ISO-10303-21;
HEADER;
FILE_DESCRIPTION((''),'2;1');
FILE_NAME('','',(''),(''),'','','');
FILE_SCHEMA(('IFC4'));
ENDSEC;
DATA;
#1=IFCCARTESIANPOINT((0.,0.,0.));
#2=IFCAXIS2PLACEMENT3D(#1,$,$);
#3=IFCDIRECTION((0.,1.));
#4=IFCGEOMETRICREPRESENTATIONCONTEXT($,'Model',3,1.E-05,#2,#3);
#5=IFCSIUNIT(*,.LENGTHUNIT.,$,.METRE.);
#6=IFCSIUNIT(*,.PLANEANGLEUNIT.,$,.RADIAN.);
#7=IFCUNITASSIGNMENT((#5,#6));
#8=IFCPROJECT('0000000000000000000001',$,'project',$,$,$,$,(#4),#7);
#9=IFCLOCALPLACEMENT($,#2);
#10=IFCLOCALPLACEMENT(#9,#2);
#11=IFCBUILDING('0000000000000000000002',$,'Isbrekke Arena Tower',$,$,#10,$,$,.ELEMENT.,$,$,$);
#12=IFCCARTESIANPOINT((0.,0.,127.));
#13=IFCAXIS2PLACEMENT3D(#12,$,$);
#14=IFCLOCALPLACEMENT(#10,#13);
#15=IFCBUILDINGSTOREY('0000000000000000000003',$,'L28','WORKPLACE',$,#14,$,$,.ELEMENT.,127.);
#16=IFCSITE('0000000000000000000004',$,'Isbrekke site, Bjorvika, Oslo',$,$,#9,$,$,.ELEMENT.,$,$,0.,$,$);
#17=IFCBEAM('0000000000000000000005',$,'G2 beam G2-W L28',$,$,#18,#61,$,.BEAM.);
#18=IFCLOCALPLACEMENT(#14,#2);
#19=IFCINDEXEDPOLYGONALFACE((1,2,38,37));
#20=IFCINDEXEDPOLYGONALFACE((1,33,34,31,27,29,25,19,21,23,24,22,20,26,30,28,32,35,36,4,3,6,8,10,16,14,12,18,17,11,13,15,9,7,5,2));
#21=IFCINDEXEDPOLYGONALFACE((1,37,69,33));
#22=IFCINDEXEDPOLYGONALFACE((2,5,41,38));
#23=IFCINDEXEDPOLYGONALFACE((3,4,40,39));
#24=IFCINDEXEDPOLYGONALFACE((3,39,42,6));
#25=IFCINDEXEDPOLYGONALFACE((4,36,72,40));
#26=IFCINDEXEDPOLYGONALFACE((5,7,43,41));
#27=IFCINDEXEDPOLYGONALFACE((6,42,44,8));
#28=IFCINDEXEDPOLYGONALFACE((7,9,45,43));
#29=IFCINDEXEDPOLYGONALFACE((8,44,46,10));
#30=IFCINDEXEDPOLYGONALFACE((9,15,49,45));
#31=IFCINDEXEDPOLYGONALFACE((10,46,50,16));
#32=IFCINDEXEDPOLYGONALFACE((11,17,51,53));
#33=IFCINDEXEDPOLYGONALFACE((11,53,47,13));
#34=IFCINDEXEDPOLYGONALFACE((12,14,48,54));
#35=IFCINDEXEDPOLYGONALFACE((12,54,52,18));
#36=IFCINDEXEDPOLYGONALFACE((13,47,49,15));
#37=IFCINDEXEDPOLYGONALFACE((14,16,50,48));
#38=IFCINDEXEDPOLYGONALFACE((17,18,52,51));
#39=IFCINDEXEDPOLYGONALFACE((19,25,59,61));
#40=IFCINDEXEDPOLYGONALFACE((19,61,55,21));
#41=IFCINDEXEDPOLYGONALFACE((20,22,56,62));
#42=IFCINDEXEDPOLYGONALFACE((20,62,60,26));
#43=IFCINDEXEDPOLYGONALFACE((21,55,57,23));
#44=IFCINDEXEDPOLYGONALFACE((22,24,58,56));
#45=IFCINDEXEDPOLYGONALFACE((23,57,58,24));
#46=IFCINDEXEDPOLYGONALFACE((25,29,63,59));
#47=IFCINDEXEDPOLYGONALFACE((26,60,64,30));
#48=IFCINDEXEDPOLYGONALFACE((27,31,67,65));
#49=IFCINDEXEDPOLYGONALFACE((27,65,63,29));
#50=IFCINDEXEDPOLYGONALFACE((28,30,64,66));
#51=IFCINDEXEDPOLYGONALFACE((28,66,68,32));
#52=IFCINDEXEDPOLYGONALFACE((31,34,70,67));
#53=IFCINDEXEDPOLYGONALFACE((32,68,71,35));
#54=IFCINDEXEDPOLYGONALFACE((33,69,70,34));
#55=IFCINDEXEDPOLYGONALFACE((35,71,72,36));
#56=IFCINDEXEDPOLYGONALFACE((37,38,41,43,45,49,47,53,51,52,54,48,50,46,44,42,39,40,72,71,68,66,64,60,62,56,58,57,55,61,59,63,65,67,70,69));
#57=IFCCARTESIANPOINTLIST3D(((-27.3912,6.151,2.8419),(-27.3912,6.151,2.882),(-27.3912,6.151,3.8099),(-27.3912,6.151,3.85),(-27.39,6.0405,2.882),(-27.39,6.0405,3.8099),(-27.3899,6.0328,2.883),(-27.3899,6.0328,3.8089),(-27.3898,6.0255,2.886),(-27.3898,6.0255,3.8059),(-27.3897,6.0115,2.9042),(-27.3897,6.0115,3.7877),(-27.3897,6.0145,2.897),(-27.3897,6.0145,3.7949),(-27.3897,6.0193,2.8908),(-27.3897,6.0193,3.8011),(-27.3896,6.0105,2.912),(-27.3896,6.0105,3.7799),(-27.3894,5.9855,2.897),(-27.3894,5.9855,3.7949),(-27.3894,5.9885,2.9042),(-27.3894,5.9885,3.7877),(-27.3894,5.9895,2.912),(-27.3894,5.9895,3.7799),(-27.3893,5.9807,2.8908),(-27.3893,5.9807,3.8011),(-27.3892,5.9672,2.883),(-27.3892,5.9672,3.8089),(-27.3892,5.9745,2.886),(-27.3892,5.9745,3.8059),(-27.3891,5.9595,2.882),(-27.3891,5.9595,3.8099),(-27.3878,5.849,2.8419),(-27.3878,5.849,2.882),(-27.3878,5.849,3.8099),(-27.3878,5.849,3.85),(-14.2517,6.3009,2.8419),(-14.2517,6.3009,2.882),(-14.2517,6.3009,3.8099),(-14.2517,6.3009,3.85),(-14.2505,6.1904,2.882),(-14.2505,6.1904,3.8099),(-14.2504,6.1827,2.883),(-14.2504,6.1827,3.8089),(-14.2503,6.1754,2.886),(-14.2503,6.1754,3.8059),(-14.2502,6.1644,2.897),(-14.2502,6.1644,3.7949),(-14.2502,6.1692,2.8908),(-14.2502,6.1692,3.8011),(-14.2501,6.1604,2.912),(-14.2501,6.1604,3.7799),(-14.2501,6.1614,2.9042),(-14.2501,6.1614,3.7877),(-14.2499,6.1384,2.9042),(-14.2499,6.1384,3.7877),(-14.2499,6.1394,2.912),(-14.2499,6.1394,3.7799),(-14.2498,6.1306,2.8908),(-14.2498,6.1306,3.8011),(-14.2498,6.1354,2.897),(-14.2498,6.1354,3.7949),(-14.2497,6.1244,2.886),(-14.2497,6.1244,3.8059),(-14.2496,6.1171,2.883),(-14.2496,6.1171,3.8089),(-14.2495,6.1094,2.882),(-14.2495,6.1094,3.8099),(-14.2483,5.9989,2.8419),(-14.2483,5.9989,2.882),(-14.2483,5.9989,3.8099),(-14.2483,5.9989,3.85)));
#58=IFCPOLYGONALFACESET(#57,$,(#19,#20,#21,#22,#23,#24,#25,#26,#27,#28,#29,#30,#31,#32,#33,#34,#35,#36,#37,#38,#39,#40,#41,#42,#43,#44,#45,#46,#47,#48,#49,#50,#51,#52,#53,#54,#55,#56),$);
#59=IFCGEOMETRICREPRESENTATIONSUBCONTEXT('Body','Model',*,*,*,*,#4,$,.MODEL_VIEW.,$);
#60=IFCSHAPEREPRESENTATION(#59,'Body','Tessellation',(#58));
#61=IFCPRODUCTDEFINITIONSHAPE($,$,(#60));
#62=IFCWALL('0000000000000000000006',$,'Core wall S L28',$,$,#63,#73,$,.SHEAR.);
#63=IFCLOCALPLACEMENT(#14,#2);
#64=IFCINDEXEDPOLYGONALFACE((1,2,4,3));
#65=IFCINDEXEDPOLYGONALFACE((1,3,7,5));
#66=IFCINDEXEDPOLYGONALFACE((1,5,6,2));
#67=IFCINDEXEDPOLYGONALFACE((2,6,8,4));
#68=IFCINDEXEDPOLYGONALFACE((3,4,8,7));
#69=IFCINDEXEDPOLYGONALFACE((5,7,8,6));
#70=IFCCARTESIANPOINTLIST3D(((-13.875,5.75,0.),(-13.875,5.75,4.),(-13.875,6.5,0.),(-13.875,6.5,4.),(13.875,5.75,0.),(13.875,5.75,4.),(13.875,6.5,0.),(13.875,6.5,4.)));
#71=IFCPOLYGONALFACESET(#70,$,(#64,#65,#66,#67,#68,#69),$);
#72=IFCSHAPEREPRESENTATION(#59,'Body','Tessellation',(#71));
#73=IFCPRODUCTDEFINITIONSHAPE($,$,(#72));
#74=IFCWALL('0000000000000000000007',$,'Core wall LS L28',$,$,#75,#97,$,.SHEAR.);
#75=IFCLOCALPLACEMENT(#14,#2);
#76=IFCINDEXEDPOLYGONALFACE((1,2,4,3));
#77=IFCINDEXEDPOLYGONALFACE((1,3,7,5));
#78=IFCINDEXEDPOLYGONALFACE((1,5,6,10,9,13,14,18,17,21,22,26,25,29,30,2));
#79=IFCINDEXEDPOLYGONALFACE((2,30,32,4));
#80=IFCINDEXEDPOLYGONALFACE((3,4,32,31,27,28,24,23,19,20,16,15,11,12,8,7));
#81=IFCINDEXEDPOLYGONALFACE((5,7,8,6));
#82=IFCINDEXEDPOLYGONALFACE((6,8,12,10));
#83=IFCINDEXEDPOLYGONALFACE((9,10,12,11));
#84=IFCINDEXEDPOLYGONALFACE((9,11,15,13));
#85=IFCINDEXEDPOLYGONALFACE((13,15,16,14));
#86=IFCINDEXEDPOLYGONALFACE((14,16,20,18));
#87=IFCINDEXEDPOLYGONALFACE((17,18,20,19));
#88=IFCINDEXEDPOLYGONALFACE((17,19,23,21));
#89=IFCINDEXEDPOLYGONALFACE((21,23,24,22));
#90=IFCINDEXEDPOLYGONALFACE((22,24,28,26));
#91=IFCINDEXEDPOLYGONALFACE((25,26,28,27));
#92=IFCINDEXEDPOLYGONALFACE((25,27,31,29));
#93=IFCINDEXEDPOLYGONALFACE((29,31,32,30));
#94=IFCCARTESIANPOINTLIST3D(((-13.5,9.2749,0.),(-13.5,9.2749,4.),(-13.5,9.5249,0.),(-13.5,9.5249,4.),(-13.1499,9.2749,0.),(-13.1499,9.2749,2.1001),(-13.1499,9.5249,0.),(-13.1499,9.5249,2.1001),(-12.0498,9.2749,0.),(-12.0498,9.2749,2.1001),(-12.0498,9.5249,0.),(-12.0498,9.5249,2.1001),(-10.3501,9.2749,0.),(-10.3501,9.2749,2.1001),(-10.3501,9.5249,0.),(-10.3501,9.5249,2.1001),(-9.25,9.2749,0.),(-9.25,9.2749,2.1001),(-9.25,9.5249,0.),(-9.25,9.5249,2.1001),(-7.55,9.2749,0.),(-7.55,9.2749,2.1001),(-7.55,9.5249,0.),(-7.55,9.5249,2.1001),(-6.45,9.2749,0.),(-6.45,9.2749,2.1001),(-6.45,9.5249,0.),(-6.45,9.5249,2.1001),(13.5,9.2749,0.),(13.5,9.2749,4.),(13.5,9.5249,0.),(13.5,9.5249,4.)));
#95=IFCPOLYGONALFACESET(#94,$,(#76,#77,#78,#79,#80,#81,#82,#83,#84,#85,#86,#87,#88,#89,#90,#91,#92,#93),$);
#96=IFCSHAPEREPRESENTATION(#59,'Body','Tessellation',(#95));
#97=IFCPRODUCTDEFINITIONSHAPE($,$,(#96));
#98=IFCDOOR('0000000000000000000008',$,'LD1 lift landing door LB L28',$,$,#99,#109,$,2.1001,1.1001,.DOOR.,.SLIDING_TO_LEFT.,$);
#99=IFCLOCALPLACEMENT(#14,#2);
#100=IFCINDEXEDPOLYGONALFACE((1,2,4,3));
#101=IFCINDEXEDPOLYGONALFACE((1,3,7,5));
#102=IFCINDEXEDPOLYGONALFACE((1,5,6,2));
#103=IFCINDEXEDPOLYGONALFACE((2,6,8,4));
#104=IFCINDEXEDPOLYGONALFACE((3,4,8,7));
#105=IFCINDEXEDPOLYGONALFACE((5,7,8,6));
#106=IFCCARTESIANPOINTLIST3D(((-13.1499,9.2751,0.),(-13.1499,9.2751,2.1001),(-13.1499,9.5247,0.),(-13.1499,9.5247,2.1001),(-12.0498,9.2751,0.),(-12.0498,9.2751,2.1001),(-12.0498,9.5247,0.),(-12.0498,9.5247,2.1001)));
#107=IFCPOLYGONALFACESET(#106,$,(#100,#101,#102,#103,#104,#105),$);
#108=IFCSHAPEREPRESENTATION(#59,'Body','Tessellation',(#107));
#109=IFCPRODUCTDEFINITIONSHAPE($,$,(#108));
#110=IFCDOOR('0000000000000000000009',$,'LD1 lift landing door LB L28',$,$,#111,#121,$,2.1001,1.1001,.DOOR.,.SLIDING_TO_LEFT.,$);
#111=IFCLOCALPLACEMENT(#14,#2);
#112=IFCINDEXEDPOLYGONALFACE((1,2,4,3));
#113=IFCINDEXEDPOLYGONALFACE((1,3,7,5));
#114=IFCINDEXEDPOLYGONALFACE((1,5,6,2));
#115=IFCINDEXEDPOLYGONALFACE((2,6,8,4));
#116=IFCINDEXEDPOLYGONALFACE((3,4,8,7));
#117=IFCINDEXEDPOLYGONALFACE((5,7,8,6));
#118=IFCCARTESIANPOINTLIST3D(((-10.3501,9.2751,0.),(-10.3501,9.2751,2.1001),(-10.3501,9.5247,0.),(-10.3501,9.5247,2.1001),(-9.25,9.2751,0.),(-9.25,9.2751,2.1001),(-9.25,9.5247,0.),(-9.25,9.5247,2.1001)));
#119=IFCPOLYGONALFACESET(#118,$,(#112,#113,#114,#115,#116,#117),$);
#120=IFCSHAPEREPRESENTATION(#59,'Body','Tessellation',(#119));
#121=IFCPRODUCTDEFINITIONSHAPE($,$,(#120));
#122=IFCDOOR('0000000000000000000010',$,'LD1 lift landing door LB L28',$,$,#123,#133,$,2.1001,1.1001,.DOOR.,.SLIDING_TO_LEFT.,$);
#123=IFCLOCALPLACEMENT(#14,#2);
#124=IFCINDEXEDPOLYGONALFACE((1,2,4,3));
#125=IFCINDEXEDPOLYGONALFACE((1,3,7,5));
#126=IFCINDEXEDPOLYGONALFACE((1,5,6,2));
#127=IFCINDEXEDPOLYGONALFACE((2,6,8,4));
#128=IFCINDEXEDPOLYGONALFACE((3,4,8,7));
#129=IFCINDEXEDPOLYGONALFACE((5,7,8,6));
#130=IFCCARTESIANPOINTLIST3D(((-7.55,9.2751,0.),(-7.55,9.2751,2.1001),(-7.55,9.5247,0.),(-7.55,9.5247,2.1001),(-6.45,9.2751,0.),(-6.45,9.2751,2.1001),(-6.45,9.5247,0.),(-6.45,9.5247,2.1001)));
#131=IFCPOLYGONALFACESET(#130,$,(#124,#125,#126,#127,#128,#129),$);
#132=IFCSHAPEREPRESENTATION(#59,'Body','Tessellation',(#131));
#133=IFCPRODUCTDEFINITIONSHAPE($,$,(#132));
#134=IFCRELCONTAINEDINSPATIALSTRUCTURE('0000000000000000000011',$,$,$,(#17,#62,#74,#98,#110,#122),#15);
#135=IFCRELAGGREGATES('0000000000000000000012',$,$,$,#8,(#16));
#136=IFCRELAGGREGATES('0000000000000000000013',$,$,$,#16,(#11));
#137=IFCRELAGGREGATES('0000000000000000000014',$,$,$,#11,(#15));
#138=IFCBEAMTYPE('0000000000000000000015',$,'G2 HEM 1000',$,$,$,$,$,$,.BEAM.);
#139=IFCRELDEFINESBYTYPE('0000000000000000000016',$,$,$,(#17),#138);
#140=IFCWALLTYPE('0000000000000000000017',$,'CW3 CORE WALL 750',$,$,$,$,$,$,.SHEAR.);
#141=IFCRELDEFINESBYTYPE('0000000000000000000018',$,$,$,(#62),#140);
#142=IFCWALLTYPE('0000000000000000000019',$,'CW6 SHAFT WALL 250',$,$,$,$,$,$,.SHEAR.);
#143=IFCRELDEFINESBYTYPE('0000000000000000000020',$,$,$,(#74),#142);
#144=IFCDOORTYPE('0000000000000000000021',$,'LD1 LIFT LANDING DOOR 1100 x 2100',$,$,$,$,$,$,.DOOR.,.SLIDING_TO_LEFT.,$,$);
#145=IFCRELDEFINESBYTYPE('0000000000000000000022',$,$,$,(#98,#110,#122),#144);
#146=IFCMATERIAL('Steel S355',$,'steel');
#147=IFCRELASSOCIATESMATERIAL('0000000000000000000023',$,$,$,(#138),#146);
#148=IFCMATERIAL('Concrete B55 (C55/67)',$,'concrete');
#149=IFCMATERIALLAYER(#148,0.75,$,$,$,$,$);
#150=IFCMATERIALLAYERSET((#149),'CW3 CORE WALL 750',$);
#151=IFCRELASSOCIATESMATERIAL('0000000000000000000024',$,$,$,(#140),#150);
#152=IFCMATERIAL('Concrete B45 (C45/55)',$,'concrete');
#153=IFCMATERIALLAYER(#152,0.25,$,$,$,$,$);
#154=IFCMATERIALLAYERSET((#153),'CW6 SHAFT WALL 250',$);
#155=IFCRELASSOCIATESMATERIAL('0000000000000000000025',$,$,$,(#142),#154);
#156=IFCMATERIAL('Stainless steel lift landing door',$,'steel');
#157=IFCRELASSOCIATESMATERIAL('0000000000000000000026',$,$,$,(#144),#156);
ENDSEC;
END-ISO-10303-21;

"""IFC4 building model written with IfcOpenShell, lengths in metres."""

from ifc_helpers import new_model, si_unit, direction, frame, frame_2d, origin, origin_2d, place, context, subcontext, project, spatial, rectangle, i_section, extrude, material, layer, layer_set, material_profile, profile_set, type_object, element, fill, save


model = new_model("IFC4")

# Units and contexts
model_context = context("Model", 3, precision=1e-05, world=origin(), true_north=direction((0.0, 1.0)))
body_context = subcontext(model_context, "Body", "Model", "MODEL_VIEW")
ifc_project = project(units=[si_unit("LENGTHUNIT", "METRE"), si_unit("PLANEANGLEUNIT", "RADIAN")], contexts=[model_context])

# Site, building, storey
site_placement = place(None, origin())
site = spatial("IfcSite", under=ifc_project, at=site_placement, Name="Isbrekke site, Bjorvika, Oslo", CompositionType="ELEMENT", RefElevation=0.0)
building_placement = place(site_placement, origin())
building = spatial("IfcBuilding", under=site, at=building_placement, Name="Isbrekke Arena Tower", CompositionType="ELEMENT")
storey_placement = place(building_placement, frame((0.0, 0.0, 127.0)))
storey = spatial("IfcBuildingStorey", under=building, at=storey_placement, Name="L28", Description="WORKPLACE", CompositionType="ELEMENT", Elevation=127.0)

# Beam
ifc_material_1 = material(Name="Steel S355", Category="steel")
ifc_material_profile = material_profile(ifc_material_1, i_section(OverallWidth=0.302, OverallDepth=1.0081, WebThickness=0.021, FlangeThickness=0.04, FilletRadius=0.03, at=origin_2d()), Name="HEM 1000")
ifc_profile_set = profile_set([ifc_material_profile], Name="Steel S355")
beam_type = type_object("IfcBeamType", Name="G2 HEM 1000", PredefinedType="BEAM", material=ifc_profile_set)
beam_placement = place(storey_placement, frame((-14.25, 6.1499, 3.3459), z_axis=(-0.999935, -0.011408, 0.0), x_axis=(0.011408, -0.999935, 0.0)))
element("IfcBeam", 1, at=beam_placement, inside=storey, type_object=beam_type, Name="G2 beam G2-W L28", PredefinedType="BEAM", context=body_context, shape_type="SweptSolid", body=[
    extrude(i_section(OverallWidth=0.302, OverallDepth=1.0081, WebThickness=0.021, FlangeThickness=0.04, FilletRadius=0.03, at=origin_2d()), origin(), (0.0, 0.0, 1.0), 13.1404),
])

# Wall
ifc_material_2 = material(Name="Concrete B55 (C55/67)", Category="concrete")
ifc_layer_1 = layer(ifc_material_2, 0.75)
ifc_layer_set_1 = layer_set([ifc_layer_1], Name="CW3 CORE WALL 750")
wall_type_1 = type_object("IfcWallType", Name="CW3 CORE WALL 750", PredefinedType="SHEAR", material=ifc_layer_set_1)
wall_1_placement = place(storey_placement, frame((-13.875, 6.125, 0.0), z_axis=(0.0, 0.0, 1.0), x_axis=(1.0, 0.0, 0.0)))
element("IfcWall", 2, at=wall_1_placement, inside=storey, type_object=wall_type_1, Name="Core wall S L28", PredefinedType="SHEAR", context=body_context, shape_type="SweptSolid", body=[
    extrude(rectangle(XDim=27.75, YDim=0.75, at=frame_2d((13.875, 0.0))), origin(), (0.0, 0.0, 1.0), 4.0),
])

# Wall, openings, doors
ifc_material_3 = material(Name="Concrete B45 (C45/55)", Category="concrete")
ifc_layer_2 = layer(ifc_material_3, 0.25)
ifc_layer_set_2 = layer_set([ifc_layer_2], Name="CW6 SHAFT WALL 250")
wall_type_2 = type_object("IfcWallType", Name="CW6 SHAFT WALL 250", PredefinedType="SHEAR", material=ifc_layer_set_2)
wall_2_placement = place(storey_placement, frame((-13.5, 9.3999, 0.0), z_axis=(0.0, 0.0, 1.0), x_axis=(1.0, 0.0, 0.0)))
wall_2 = element("IfcWall", 3, at=wall_2_placement, inside=storey, type_object=wall_type_2, Name="Core wall LS L28", PredefinedType="SHEAR", context=body_context, shape_type="SweptSolid", body=[
    extrude(rectangle(XDim=27.0, YDim=0.25, at=frame_2d((13.5, 0.0))), origin(), (0.0, 0.0, 1.0), 4.0),
])
opening_1_placement = place(wall_2_placement, frame((0.3501, 0.0, 0.0)))
opening_1 = element("IfcOpeningElement", 4, at=opening_1_placement, cuts=wall_2, PredefinedType="OPENING", context=body_context, shape_type="SweptSolid", body=[
    extrude(rectangle(XDim=1.1001, YDim=2.1001, at=frame_2d((0.55, 1.05))), frame((0.0, 0.1399, 0.0), z_axis=(0.0, -1.0, 0.0), x_axis=(1.0, 0.0, 0.0)), (0.0, 0.0, 1.0), 0.2798),
])
opening_2_placement = place(wall_2_placement, frame((3.1499, 0.0, 0.0)))
opening_2 = element("IfcOpeningElement", 5, at=opening_2_placement, cuts=wall_2, PredefinedType="OPENING", context=body_context, shape_type="SweptSolid", body=[
    extrude(rectangle(XDim=1.1001, YDim=2.1001, at=frame_2d((0.55, 1.05))), frame((0.0, 0.1399, 0.0), z_axis=(0.0, -1.0, 0.0), x_axis=(1.0, 0.0, 0.0)), (0.0, 0.0, 1.0), 0.2798),
])
opening_3_placement = place(wall_2_placement, frame((5.95, 0.0, 0.0)))
opening_3 = element("IfcOpeningElement", 6, at=opening_3_placement, cuts=wall_2, PredefinedType="OPENING", context=body_context, shape_type="SweptSolid", body=[
    extrude(rectangle(XDim=1.1001, YDim=2.1001, at=frame_2d((0.55, 1.05))), frame((0.0, 0.1399, 0.0), z_axis=(0.0, -1.0, 0.0), x_axis=(1.0, 0.0, 0.0)), (0.0, 0.0, 1.0), 0.2798),
])
ifc_material_4 = material(Name="Stainless steel lift landing door", Category="steel")
door_type_1 = type_object("IfcDoorType", Name="LD1 LIFT LANDING DOOR 1100 x 2100", OperationType="SLIDING_TO_LEFT", PredefinedType="DOOR", material=ifc_material_4)
door_1_placement = place(opening_1_placement, origin())
door_1 = element("IfcDoor", 7, at=door_1_placement, inside=storey, type_object=door_type_1, Name="LD1 lift landing door LB L28", OperationType="SLIDING_TO_LEFT", OverallHeight=2.1001, OverallWidth=1.1001, PredefinedType="DOOR", context=body_context, shape_type="SweptSolid", body=[
    extrude(rectangle(XDim=1.1001, YDim=2.1001, at=frame_2d((0.55, 1.05))), frame((0.0, 0.1248, 0.0), z_axis=(0.0, -1.0, 0.0), x_axis=(1.0, 0.0, 0.0)), (0.0, 0.0, 1.0), 0.2495),
])
fill(opening_1, door_1)
door_2_placement = place(opening_2_placement, origin())
door_2 = element("IfcDoor", 8, at=door_2_placement, inside=storey, type_object=door_type_1, Name="LD1 lift landing door LB L28", OperationType="SLIDING_TO_LEFT", OverallHeight=2.1001, OverallWidth=1.1001, PredefinedType="DOOR", context=body_context, shape_type="SweptSolid", body=[
    extrude(rectangle(XDim=1.1001, YDim=2.1001, at=frame_2d((0.55, 1.05))), frame((0.0, 0.1248, 0.0), z_axis=(0.0, -1.0, 0.0), x_axis=(1.0, 0.0, 0.0)), (0.0, 0.0, 1.0), 0.2495),
])
fill(opening_2, door_2)
door_3_placement = place(opening_3_placement, origin())
door_3 = element("IfcDoor", 9, at=door_3_placement, inside=storey, type_object=door_type_1, Name="LD1 lift landing door LB L28", OperationType="SLIDING_TO_LEFT", OverallHeight=2.1001, OverallWidth=1.1001, PredefinedType="DOOR", context=body_context, shape_type="SweptSolid", body=[
    extrude(rectangle(XDim=1.1001, YDim=2.1001, at=frame_2d((0.55, 1.05))), frame((0.0, 0.1248, 0.0), z_axis=(0.0, -1.0, 0.0), x_axis=(1.0, 0.0, 0.0)), (0.0, 0.0, 1.0), 0.2495),
])
fill(opening_3, door_3)

save(model, "model.ifc")
